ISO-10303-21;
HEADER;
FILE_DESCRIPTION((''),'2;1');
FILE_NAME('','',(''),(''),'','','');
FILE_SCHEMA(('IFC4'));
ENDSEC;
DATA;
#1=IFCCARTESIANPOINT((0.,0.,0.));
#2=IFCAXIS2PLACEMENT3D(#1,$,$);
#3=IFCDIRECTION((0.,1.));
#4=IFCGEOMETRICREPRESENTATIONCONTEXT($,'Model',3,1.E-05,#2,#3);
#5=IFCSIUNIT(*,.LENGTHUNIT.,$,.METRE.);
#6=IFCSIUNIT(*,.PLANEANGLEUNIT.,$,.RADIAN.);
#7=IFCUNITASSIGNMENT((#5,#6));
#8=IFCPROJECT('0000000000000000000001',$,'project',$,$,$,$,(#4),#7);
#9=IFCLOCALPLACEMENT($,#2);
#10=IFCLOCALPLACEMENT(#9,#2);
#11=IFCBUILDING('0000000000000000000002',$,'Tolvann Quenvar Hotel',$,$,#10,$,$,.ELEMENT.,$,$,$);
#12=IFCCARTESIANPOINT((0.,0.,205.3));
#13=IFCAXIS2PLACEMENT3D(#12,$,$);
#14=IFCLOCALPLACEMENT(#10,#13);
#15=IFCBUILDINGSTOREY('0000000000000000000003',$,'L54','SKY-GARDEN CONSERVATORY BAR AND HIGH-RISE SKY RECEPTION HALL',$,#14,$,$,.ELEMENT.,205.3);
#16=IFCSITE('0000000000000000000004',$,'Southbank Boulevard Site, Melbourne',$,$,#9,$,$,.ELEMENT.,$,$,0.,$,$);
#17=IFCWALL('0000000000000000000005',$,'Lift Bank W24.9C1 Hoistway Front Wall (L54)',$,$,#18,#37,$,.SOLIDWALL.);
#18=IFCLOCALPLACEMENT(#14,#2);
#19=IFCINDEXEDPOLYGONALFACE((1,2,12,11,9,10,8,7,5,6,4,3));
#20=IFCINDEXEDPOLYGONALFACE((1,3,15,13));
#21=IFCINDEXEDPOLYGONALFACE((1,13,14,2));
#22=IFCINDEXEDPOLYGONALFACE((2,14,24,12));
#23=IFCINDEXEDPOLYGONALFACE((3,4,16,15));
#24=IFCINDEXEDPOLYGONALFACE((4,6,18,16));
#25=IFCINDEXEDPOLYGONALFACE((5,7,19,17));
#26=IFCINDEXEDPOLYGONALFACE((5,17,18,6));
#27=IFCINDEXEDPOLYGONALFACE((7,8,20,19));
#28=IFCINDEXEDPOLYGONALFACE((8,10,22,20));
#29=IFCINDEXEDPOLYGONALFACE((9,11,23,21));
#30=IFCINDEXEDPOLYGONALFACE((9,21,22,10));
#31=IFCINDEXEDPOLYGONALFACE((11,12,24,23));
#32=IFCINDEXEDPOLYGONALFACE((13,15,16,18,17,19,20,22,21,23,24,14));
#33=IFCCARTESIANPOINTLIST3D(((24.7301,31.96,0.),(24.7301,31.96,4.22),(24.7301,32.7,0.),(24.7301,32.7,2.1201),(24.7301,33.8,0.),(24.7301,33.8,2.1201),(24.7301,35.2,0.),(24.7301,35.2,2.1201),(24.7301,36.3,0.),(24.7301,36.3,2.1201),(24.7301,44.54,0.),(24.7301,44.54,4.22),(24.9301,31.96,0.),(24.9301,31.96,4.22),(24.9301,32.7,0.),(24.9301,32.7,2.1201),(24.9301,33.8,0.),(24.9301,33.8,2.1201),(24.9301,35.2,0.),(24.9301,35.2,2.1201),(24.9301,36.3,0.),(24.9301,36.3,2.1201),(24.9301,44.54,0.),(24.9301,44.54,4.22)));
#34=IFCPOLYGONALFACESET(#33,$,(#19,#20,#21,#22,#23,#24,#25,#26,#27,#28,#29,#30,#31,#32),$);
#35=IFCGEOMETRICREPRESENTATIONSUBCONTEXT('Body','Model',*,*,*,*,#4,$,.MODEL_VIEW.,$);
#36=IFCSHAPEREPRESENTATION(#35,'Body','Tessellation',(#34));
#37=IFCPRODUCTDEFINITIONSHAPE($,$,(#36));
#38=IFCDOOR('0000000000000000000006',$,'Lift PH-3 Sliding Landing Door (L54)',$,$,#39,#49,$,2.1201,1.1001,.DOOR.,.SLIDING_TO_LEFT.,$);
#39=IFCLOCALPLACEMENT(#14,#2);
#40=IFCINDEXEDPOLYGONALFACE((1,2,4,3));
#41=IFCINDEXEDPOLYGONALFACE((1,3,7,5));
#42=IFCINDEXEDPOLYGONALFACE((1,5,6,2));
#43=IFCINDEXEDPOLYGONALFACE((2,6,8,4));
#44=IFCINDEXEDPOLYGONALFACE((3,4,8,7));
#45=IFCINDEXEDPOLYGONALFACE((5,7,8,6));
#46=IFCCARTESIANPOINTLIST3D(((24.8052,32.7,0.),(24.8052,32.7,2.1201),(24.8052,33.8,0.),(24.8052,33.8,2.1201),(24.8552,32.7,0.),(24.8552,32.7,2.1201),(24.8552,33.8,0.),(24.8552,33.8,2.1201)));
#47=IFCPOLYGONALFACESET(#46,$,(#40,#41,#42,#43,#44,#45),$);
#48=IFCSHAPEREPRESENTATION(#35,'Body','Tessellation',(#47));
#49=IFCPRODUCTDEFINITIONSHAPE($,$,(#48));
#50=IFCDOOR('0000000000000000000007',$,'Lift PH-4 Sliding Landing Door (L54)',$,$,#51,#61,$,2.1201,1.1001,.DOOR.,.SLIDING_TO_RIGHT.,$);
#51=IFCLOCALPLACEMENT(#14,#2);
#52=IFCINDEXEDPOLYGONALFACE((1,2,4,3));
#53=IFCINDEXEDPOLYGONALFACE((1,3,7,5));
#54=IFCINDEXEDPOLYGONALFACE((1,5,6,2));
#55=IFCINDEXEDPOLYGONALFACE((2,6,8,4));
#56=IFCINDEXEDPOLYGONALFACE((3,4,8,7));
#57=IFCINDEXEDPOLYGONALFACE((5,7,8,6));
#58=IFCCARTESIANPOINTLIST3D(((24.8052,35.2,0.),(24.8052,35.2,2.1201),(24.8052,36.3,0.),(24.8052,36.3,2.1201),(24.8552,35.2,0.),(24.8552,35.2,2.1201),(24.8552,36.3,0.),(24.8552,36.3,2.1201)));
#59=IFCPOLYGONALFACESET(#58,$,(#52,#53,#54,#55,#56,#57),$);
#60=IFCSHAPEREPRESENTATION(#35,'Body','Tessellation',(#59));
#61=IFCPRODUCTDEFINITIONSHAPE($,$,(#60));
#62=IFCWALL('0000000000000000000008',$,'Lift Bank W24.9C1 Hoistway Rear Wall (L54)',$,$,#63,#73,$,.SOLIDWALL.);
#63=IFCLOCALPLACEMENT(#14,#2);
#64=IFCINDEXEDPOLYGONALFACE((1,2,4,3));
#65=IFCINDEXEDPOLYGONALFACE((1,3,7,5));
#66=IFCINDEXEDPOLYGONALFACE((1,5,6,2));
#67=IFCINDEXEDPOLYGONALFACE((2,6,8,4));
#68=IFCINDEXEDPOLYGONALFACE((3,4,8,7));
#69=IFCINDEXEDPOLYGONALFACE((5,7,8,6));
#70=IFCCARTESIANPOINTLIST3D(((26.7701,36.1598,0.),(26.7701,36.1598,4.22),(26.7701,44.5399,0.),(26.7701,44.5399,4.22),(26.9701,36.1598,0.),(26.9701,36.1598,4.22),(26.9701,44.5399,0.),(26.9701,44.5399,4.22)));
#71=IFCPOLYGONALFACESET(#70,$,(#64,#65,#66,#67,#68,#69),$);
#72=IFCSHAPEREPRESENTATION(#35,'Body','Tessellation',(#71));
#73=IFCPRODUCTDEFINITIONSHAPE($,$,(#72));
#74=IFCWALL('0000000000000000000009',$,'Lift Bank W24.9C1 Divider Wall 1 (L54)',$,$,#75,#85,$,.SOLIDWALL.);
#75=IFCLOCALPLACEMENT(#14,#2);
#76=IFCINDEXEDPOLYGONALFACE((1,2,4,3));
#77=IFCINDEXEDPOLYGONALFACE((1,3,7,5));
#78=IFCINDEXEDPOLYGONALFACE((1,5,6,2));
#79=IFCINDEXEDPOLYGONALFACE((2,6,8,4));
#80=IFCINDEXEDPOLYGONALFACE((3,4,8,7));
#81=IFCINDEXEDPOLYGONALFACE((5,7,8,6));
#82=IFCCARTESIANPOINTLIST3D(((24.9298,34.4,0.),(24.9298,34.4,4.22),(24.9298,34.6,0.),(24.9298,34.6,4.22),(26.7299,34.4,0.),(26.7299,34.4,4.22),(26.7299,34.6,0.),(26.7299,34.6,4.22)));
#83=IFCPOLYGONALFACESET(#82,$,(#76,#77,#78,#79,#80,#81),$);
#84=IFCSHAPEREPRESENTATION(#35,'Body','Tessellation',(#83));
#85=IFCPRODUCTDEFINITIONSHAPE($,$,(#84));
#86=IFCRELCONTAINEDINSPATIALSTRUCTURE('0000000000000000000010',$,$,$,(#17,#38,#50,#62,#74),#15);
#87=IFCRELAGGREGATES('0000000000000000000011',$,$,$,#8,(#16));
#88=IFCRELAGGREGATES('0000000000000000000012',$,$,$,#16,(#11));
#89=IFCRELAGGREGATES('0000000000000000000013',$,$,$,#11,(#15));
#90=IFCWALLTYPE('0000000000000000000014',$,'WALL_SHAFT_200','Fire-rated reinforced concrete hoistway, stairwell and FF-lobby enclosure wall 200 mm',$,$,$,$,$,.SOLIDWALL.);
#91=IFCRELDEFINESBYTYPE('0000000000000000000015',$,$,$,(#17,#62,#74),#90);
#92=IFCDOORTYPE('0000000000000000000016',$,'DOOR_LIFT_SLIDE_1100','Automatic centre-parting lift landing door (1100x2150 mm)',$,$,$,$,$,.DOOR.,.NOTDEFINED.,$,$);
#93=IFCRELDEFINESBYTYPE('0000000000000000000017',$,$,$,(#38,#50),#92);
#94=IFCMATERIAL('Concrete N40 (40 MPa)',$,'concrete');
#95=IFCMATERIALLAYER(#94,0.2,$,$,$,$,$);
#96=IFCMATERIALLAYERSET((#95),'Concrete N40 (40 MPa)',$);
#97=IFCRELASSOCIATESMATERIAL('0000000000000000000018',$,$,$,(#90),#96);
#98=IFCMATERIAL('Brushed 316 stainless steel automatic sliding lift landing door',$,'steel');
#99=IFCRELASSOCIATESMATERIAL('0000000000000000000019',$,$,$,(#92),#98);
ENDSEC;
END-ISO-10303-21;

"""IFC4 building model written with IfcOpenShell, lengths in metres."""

from ifc_helpers import new_model, si_unit, direction, frame, frame_2d, origin, place, context, subcontext, project, spatial, rectangle, extrude, source, transform, mapped, material, layer, layer_set, type_object, type_shapes, element, fill, save


model = new_model("IFC4")

# Units and contexts
model_context = context("Model", 3, precision=1e-05, world=origin(), true_north=direction((0.0, 1.0)))
body_context = subcontext(model_context, "Body", "Model", "MODEL_VIEW")
ifc_project = project(units=[si_unit("LENGTHUNIT", "METRE"), si_unit("PLANEANGLEUNIT", "RADIAN")], contexts=[model_context])

# Site, building, storey
site_placement = place(None, origin())
site = spatial("IfcSite", under=ifc_project, at=site_placement, Name="Southbank Boulevard Site, Melbourne", CompositionType="ELEMENT", RefElevation=0.0)
building_placement = place(site_placement, origin())
building = spatial("IfcBuilding", under=site, at=building_placement, Name="Tolvann Quenvar Hotel", CompositionType="ELEMENT")
storey_placement = place(building_placement, frame((0.0, 0.0, 205.3)))
storey = spatial("IfcBuildingStorey", under=building, at=storey_placement, Name="L54", Description="SKY-GARDEN CONSERVATORY BAR AND HIGH-RISE SKY RECEPTION HALL", CompositionType="ELEMENT", Elevation=205.3)

# Shared definitions
ifc_material_1 = material(Name="Concrete N40 (40 MPa)", Category="concrete")
ifc_layer = layer(ifc_material_1, 0.2)
ifc_layer_set = layer_set([ifc_layer], Name="Concrete N40 (40 MPa)")
wall_type = type_object("IfcWallType", Name="WALL_SHAFT_200", Description="Fire-rated reinforced concrete hoistway, stairwell and FF-lobby enclosure wall 200 mm", PredefinedType="SOLIDWALL", material=ifc_layer_set)

# Shared definitions
ifc_material_2 = material(Name="Brushed 316 stainless steel automatic sliding lift landing door", Category="steel")
door_type = type_object("IfcDoorType", Name="DOOR_LIFT_SLIDE_1100", Description="Automatic centre-parting lift landing door (1100x2150 mm)", OperationType="NOTDEFINED", PredefinedType="DOOR", material=ifc_material_2)
shared_shape_1 = source(origin(), body_context, "Body", "SweptSolid", [
    extrude(rectangle(XDim=1.1001, YDim=2.1201, at=frame_2d((0.55, 1.0601))), frame((0.0, 0.0249, 0.0), z_axis=(0.0, -1.0, 0.0), x_axis=(1.0, 0.0, 0.0)), (0.0, 0.0, 1.0), 0.05),
])
type_shapes(door_type, [shared_shape_1])

# Wall, openings, doors
wall_1_placement = place(storey_placement, frame((24.8301, 31.96, 0.0), z_axis=(0.0, 0.0, 1.0), x_axis=(0.0, 1.0, 0.0)))
wall_1 = element("IfcWall", 1, at=wall_1_placement, inside=storey, type_object=wall_type, Name="Lift Bank W24.9C1 Hoistway Front Wall (L54)", PredefinedType="SOLIDWALL", context=body_context, shape_type="SweptSolid", body=[
    extrude(rectangle(XDim=12.5801, YDim=0.2, at=frame_2d((6.29, 0.0))), origin(), (0.0, 0.0, 1.0), 4.22),
])
opening_1_placement = place(wall_1_placement, frame((0.74, 0.0, 0.0)))
opening_1 = element("IfcOpeningElement", 2, at=opening_1_placement, cuts=wall_1, PredefinedType="OPENING", context=body_context, shape_type="SweptSolid", body=[
    extrude(rectangle(XDim=1.1001, YDim=2.1201, at=frame_2d((0.55, 1.0601))), frame((0.0, 0.1099, 0.0), z_axis=(0.0, -1.0, 0.0), x_axis=(1.0, 0.0, 0.0)), (0.0, 0.0, 1.0), 0.22),
])
opening_2_placement = place(wall_1_placement, frame((3.24, 0.0, 0.0)))
opening_2 = element("IfcOpeningElement", 3, at=opening_2_placement, cuts=wall_1, PredefinedType="OPENING", context=body_context, shape_type="SweptSolid", body=[
    extrude(rectangle(XDim=1.1001, YDim=2.1201, at=frame_2d((0.55, 1.0601))), frame((0.0, 0.1099, 0.0), z_axis=(0.0, -1.0, 0.0), x_axis=(1.0, 0.0, 0.0)), (0.0, 0.0, 1.0), 0.22),
])
door_1_placement = place(opening_1_placement, origin())
door_1 = element("IfcDoor", 4, at=door_1_placement, inside=storey, type_object=door_type, Name="Lift PH-3 Sliding Landing Door (L54)", OperationType="SLIDING_TO_LEFT", OverallHeight=2.1201, OverallWidth=1.1001, PredefinedType="DOOR", context=body_context, shape_type="MappedRepresentation", body=[
    mapped(shared_shape_1, transform((0.0, 0.0, 0.0), x_axis=(1.0, 0.0, 0.0), y_axis=(0.0, 1.0, 0.0), z_axis=(0.0, 0.0, 1.0), scale=1.0)),
])
fill(opening_1, door_1)
door_2_placement = place(opening_2_placement, origin())
door_2 = element("IfcDoor", 5, at=door_2_placement, inside=storey, type_object=door_type, Name="Lift PH-4 Sliding Landing Door (L54)", OperationType="SLIDING_TO_RIGHT", OverallHeight=2.1201, OverallWidth=1.1001, PredefinedType="DOOR", context=body_context, shape_type="MappedRepresentation", body=[
    mapped(shared_shape_1, transform((0.0, 0.0, 0.0), x_axis=(1.0, 0.0, 0.0), y_axis=(0.0, 1.0, 0.0), z_axis=(0.0, 0.0, 1.0), scale=1.0)),
])
fill(opening_2, door_2)

# Walls
wall_2_placement = place(storey_placement, frame((26.8701, 36.1599, 0.0), z_axis=(0.0, 0.0, 1.0), x_axis=(0.0, 1.0, 0.0)))
element("IfcWall", 6, at=wall_2_placement, inside=storey, type_object=wall_type, Name="Lift Bank W24.9C1 Hoistway Rear Wall (L54)", PredefinedType="SOLIDWALL", context=body_context, shape_type="SweptSolid", body=[
    extrude(rectangle(XDim=8.3801, YDim=0.2, at=frame_2d((4.1899, 0.0))), origin(), (0.0, 0.0, 1.0), 4.22),
])
wall_3_placement = place(storey_placement, frame((24.9299, 34.5, 0.0), z_axis=(0.0, 0.0, 1.0), x_axis=(1.0, 0.0, 0.0)))
element("IfcWall", 7, at=wall_3_placement, inside=storey, type_object=wall_type, Name="Lift Bank W24.9C1 Divider Wall 1 (L54)", PredefinedType="SOLIDWALL", context=body_context, shape_type="SweptSolid", body=[
    extrude(rectangle(XDim=1.8, YDim=0.2, at=frame_2d((0.8999, 0.0))), origin(), (0.0, 0.0, 1.0), 4.22),
])

save(model, "model.ifc")
